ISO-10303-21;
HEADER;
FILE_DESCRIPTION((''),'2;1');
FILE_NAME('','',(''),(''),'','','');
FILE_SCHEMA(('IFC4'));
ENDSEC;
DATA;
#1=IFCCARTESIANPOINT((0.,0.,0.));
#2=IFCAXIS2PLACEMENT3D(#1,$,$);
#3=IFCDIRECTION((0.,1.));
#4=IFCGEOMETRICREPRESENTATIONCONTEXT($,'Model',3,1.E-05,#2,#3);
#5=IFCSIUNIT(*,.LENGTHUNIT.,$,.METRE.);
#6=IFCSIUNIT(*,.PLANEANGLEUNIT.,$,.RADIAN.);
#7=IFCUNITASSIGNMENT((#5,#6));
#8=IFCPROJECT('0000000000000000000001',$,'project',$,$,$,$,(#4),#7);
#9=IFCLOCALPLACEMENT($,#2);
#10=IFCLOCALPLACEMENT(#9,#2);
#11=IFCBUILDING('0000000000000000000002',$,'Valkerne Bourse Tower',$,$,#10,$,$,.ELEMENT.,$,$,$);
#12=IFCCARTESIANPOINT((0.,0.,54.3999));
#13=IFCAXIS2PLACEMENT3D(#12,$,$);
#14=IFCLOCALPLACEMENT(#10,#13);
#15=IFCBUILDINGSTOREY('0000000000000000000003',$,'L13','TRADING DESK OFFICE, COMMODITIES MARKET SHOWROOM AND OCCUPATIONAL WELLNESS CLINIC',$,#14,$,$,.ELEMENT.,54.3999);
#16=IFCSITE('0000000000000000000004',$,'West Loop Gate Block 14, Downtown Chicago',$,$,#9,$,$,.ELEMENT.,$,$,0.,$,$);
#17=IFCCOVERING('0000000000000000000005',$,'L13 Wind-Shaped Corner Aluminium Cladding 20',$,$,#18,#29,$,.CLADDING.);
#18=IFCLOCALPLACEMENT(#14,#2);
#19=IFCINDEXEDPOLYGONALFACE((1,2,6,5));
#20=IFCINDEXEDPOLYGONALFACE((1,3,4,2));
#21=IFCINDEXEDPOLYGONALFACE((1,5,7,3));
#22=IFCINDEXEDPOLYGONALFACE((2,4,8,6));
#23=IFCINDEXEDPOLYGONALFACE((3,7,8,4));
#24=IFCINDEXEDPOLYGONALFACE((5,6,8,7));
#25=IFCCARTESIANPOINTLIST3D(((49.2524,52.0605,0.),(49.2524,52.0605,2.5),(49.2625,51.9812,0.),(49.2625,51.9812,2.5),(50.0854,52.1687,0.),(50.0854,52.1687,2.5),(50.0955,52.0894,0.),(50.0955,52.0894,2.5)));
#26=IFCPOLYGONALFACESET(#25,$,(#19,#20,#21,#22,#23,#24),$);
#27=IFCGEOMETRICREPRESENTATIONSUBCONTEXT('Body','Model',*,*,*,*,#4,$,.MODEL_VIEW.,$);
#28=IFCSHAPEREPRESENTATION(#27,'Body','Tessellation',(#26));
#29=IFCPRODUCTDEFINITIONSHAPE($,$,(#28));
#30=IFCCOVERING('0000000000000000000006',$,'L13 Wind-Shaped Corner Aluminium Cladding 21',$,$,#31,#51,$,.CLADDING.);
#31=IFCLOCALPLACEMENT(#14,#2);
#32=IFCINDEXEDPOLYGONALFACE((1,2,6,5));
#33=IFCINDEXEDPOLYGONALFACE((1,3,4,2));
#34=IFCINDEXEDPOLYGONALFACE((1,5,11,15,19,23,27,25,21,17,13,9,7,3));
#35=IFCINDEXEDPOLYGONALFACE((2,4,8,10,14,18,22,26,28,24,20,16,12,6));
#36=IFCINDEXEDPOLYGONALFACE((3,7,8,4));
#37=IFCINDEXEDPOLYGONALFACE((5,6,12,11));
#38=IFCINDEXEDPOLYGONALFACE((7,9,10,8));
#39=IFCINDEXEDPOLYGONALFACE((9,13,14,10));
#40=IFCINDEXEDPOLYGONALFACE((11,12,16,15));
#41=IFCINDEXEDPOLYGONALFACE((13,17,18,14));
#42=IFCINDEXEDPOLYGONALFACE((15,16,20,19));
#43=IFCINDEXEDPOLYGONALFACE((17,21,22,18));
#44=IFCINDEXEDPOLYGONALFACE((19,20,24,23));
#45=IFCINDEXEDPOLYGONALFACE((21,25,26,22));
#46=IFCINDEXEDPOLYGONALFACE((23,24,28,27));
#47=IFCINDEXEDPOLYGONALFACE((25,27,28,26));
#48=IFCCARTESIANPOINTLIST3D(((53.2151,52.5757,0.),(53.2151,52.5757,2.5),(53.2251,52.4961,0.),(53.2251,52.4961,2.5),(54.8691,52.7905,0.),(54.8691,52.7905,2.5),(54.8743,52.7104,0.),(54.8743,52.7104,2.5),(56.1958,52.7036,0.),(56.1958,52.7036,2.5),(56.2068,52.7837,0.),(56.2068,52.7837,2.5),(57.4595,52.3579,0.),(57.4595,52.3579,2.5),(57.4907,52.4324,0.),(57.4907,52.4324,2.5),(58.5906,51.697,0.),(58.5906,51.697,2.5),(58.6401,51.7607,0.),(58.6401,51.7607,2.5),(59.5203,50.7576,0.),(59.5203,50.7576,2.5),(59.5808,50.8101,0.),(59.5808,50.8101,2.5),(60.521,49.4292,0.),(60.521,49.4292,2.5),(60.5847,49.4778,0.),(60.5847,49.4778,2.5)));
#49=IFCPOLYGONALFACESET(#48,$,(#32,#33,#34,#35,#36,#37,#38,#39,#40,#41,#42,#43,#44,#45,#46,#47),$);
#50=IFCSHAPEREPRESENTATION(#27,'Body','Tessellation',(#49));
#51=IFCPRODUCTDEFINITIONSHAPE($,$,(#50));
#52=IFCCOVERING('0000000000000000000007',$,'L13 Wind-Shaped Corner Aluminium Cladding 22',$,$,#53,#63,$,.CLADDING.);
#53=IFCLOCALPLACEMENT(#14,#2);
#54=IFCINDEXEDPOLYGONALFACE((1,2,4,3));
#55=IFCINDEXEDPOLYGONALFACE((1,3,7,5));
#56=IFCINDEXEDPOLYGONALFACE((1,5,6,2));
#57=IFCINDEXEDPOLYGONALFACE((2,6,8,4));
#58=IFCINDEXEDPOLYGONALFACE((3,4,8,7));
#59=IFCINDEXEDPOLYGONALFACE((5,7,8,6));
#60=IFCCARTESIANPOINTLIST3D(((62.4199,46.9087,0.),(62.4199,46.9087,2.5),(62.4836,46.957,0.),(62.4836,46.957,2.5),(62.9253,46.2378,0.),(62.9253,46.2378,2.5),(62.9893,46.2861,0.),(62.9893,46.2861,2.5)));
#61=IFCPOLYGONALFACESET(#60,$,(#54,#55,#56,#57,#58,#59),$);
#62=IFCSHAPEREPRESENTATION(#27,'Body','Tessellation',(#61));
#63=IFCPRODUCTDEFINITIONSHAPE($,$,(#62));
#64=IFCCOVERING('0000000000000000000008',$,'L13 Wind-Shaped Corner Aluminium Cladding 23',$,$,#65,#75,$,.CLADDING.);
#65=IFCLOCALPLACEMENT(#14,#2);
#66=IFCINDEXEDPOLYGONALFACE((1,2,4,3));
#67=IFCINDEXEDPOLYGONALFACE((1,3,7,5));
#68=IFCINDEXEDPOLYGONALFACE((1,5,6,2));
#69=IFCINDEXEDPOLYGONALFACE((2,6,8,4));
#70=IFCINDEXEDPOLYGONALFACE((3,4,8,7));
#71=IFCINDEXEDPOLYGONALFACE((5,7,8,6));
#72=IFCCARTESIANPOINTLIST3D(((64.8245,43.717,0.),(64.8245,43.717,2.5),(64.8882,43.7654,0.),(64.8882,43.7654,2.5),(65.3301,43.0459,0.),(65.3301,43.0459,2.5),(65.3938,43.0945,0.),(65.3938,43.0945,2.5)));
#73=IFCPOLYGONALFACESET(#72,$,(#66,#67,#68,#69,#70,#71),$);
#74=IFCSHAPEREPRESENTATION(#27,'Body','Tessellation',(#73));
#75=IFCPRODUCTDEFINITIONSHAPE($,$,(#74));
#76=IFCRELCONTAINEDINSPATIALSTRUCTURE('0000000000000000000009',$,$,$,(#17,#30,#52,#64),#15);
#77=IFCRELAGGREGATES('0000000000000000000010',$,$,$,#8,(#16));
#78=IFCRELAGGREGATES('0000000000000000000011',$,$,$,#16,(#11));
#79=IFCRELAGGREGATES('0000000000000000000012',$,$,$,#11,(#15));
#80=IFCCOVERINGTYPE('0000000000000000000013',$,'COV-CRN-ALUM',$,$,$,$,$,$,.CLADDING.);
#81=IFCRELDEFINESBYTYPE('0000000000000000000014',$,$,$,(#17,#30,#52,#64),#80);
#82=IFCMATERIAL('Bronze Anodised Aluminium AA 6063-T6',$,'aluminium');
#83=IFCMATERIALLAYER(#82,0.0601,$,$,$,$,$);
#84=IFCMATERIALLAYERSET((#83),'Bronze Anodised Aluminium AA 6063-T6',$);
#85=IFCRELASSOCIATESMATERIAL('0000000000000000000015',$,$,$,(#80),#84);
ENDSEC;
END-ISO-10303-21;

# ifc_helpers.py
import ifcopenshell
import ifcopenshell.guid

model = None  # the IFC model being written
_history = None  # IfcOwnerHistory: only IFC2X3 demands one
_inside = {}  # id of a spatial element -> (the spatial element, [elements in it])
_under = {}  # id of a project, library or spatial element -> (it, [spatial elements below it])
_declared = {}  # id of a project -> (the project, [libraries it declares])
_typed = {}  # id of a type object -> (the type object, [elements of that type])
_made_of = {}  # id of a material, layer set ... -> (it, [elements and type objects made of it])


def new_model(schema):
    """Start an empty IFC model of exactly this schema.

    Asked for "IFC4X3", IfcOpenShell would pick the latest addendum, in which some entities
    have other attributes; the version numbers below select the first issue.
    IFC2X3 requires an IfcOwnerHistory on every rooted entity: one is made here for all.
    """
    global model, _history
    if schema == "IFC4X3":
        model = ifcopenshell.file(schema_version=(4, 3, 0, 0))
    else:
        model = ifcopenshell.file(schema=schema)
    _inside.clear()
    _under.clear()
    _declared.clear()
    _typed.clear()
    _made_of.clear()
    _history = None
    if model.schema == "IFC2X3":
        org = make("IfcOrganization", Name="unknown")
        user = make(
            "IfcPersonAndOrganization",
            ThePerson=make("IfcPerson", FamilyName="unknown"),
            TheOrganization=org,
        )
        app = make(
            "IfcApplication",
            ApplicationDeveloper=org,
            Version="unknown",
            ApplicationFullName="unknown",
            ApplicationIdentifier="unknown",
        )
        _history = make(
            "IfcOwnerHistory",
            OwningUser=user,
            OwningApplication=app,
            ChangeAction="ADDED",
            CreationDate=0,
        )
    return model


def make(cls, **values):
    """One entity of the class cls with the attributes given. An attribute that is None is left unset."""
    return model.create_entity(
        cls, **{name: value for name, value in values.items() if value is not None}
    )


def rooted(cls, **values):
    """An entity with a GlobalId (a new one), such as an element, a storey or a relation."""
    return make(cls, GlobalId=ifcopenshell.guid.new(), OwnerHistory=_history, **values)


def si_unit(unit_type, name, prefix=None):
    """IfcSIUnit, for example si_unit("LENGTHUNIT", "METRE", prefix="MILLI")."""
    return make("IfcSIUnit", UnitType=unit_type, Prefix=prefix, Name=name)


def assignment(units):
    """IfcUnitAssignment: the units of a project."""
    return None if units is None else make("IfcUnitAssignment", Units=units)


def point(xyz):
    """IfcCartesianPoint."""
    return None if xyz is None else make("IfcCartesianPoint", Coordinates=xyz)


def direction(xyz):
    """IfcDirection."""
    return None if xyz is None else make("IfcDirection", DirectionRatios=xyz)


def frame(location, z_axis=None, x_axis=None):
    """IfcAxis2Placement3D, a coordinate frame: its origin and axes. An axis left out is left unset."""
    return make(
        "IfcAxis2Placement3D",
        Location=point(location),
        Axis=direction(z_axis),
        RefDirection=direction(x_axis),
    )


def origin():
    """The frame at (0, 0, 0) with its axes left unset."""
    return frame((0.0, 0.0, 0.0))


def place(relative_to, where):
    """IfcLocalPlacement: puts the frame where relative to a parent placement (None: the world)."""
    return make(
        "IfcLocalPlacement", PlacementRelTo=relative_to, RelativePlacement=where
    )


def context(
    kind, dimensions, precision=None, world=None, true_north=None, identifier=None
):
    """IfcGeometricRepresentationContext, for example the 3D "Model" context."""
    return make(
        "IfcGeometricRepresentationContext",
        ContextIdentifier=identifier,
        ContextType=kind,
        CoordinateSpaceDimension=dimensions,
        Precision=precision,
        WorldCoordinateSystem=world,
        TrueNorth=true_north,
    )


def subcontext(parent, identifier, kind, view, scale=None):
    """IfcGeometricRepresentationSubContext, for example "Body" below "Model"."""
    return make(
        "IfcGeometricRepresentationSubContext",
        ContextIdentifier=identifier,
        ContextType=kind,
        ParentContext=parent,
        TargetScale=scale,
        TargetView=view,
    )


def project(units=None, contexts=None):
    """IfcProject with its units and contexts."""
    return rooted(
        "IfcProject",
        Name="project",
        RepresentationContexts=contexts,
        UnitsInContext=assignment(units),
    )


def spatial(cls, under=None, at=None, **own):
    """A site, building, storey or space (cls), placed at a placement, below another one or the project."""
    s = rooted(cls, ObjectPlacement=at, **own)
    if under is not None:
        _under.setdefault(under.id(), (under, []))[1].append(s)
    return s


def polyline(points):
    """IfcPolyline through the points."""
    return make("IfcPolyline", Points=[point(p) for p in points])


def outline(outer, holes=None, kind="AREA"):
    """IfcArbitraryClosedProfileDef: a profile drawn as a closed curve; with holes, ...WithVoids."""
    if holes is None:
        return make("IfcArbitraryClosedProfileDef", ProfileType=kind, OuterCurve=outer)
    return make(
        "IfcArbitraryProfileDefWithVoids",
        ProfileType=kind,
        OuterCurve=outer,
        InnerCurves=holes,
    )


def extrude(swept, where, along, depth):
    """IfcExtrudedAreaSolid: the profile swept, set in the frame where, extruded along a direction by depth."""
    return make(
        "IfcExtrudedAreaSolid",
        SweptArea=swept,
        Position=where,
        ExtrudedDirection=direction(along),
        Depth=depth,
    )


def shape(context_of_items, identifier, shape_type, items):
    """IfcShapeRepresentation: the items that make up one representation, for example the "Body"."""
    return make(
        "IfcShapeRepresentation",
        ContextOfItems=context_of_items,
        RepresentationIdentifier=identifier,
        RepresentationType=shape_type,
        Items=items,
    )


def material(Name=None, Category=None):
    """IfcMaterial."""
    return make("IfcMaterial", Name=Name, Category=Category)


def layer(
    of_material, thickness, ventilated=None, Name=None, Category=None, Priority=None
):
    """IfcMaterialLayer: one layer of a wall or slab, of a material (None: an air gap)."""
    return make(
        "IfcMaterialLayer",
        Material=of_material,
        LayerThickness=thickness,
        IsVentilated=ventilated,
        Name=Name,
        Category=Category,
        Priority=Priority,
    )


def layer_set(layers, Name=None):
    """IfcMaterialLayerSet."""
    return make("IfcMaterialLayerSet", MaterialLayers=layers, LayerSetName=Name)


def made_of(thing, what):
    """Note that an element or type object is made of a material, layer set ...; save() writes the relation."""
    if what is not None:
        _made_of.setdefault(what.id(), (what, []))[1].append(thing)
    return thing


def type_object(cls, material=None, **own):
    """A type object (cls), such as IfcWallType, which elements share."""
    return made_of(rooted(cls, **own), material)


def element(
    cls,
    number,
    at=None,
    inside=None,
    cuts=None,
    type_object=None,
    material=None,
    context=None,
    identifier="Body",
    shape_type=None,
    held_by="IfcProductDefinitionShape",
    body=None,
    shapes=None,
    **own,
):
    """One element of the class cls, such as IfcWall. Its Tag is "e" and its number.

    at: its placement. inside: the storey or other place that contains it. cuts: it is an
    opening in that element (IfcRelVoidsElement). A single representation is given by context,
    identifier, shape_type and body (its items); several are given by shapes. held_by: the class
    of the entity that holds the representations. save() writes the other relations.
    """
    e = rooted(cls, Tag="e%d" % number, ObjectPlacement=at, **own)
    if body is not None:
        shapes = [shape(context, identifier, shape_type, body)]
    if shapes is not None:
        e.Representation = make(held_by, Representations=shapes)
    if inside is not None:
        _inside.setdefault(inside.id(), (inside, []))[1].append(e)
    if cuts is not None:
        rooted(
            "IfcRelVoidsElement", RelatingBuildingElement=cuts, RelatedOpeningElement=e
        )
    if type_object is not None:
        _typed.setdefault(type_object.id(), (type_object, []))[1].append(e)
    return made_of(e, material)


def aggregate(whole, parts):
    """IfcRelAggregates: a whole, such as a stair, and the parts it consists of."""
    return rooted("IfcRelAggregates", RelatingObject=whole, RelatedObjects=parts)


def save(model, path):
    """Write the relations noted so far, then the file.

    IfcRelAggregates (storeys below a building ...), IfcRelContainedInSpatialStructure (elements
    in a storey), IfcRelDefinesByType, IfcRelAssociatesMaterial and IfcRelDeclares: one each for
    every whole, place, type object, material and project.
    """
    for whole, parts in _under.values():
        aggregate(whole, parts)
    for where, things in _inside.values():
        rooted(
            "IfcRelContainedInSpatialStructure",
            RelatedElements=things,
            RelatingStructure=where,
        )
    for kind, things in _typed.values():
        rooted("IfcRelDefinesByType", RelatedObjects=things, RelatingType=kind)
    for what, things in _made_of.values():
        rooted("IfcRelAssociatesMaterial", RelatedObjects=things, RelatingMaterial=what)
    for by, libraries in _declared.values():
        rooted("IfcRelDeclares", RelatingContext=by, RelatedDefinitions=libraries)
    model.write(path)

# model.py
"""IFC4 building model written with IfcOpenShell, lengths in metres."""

from ifc_helpers import new_model, si_unit, direction, frame, origin, place, context, subcontext, project, spatial, polyline, outline, extrude, material, layer, layer_set, type_object, element, save


model = new_model("IFC4")

# Units and contexts
model_context = context("Model", 3, precision=1e-05, world=origin(), true_north=direction((0.0, 1.0)))
body_context = subcontext(model_context, "Body", "Model", "MODEL_VIEW")
ifc_project = project(units=[si_unit("LENGTHUNIT", "METRE"), si_unit("PLANEANGLEUNIT", "RADIAN")], contexts=[model_context])

# Site, building, storey
site_placement = place(None, origin())
site = spatial("IfcSite", under=ifc_project, at=site_placement, Name="West Loop Gate Block 14, Downtown Chicago", CompositionType="ELEMENT", RefElevation=0.0)
building_placement = place(site_placement, origin())
building = spatial("IfcBuilding", under=site, at=building_placement, Name="Valkerne Bourse Tower", CompositionType="ELEMENT")
storey_placement = place(building_placement, frame((0.0, 0.0, 54.3999)))
storey = spatial("IfcBuildingStorey", under=building, at=storey_placement, Name="L13", Description="TRADING DESK OFFICE, COMMODITIES MARKET SHOWROOM AND OCCUPATIONAL WELLNESS CLINIC", CompositionType="ELEMENT", Elevation=54.3999)

# Coverings
ifc_material_1 = material(Name="Bronze Anodised Aluminium AA 6063-T6", Category="aluminium")
ifc_layer_1 = layer(ifc_material_1, 0.0601)
ifc_layer_set_1 = layer_set([ifc_layer_1], Name="Bronze Anodised Aluminium AA 6063-T6")
covering_type = type_object("IfcCoveringType", Name="COV-CRN-ALUM", PredefinedType="CLADDING", material=ifc_layer_set_1)
covering_1_placement = place(storey_placement, origin())
element("IfcCovering", 1, at=covering_1_placement, inside=storey, type_object=covering_type, Name="L13 Wind-Shaped Corner Aluminium Cladding 20", PredefinedType="CLADDING", context=body_context, shape_type="SweptSolid", body=[
    extrude(outline(polyline([(50.0854, 52.1687), (50.0955, 52.0894), (49.2625, 51.9812), (49.2524, 52.0605), (50.0854, 52.1687)])), origin(), (0.0, 0.0, 1.0), 2.5),
])
covering_2_placement = place(storey_placement, origin())
element("IfcCovering", 2, at=covering_2_placement, inside=storey, type_object=covering_type, Name="L13 Wind-Shaped Corner Aluminium Cladding 21", PredefinedType="CLADDING", context=body_context, shape_type="SweptSolid", body=[
    extrude(outline(polyline([(54.8691, 52.7905), (56.2068, 52.7837), (57.4907, 52.4324), (58.6401, 51.7607), (59.5808, 50.8101), (60.5847, 49.4778), (60.521, 49.4292), (59.5203, 50.7576), (58.5906, 51.697), (57.4595, 52.3579), (56.1958, 52.7036), (54.8743, 52.7104), (53.2251, 52.4961), (53.2151, 52.5757), (54.8691, 52.7905)])), origin(), (0.0, 0.0, 1.0), 2.5),
])
covering_3_placement = place(storey_placement, origin())
element("IfcCovering", 3, at=covering_3_placement, inside=storey, type_object=covering_type, Name="L13 Wind-Shaped Corner Aluminium Cladding 22", PredefinedType="CLADDING", context=body_context, shape_type="SweptSolid", body=[
    extrude(outline(polyline([(62.9893, 46.2861), (62.9253, 46.2378), (62.4199, 46.9087), (62.4836, 46.957), (62.9893, 46.2861)])), origin(), (0.0, 0.0, 1.0), 2.5),
])
covering_4_placement = place(storey_placement, origin())
element("IfcCovering", 4, at=covering_4_placement, inside=storey, type_object=covering_type, Name="L13 Wind-Shaped Corner Aluminium Cladding 23", PredefinedType="CLADDING", context=body_context, shape_type="SweptSolid", body=[
    extrude(outline(polyline([(65.3938, 43.0945), (65.3301, 43.0459), (64.8245, 43.717), (64.8882, 43.7654), (65.3938, 43.0945)])), origin(), (0.0, 0.0, 1.0), 2.5),
])

save(model, "model.ifc")
